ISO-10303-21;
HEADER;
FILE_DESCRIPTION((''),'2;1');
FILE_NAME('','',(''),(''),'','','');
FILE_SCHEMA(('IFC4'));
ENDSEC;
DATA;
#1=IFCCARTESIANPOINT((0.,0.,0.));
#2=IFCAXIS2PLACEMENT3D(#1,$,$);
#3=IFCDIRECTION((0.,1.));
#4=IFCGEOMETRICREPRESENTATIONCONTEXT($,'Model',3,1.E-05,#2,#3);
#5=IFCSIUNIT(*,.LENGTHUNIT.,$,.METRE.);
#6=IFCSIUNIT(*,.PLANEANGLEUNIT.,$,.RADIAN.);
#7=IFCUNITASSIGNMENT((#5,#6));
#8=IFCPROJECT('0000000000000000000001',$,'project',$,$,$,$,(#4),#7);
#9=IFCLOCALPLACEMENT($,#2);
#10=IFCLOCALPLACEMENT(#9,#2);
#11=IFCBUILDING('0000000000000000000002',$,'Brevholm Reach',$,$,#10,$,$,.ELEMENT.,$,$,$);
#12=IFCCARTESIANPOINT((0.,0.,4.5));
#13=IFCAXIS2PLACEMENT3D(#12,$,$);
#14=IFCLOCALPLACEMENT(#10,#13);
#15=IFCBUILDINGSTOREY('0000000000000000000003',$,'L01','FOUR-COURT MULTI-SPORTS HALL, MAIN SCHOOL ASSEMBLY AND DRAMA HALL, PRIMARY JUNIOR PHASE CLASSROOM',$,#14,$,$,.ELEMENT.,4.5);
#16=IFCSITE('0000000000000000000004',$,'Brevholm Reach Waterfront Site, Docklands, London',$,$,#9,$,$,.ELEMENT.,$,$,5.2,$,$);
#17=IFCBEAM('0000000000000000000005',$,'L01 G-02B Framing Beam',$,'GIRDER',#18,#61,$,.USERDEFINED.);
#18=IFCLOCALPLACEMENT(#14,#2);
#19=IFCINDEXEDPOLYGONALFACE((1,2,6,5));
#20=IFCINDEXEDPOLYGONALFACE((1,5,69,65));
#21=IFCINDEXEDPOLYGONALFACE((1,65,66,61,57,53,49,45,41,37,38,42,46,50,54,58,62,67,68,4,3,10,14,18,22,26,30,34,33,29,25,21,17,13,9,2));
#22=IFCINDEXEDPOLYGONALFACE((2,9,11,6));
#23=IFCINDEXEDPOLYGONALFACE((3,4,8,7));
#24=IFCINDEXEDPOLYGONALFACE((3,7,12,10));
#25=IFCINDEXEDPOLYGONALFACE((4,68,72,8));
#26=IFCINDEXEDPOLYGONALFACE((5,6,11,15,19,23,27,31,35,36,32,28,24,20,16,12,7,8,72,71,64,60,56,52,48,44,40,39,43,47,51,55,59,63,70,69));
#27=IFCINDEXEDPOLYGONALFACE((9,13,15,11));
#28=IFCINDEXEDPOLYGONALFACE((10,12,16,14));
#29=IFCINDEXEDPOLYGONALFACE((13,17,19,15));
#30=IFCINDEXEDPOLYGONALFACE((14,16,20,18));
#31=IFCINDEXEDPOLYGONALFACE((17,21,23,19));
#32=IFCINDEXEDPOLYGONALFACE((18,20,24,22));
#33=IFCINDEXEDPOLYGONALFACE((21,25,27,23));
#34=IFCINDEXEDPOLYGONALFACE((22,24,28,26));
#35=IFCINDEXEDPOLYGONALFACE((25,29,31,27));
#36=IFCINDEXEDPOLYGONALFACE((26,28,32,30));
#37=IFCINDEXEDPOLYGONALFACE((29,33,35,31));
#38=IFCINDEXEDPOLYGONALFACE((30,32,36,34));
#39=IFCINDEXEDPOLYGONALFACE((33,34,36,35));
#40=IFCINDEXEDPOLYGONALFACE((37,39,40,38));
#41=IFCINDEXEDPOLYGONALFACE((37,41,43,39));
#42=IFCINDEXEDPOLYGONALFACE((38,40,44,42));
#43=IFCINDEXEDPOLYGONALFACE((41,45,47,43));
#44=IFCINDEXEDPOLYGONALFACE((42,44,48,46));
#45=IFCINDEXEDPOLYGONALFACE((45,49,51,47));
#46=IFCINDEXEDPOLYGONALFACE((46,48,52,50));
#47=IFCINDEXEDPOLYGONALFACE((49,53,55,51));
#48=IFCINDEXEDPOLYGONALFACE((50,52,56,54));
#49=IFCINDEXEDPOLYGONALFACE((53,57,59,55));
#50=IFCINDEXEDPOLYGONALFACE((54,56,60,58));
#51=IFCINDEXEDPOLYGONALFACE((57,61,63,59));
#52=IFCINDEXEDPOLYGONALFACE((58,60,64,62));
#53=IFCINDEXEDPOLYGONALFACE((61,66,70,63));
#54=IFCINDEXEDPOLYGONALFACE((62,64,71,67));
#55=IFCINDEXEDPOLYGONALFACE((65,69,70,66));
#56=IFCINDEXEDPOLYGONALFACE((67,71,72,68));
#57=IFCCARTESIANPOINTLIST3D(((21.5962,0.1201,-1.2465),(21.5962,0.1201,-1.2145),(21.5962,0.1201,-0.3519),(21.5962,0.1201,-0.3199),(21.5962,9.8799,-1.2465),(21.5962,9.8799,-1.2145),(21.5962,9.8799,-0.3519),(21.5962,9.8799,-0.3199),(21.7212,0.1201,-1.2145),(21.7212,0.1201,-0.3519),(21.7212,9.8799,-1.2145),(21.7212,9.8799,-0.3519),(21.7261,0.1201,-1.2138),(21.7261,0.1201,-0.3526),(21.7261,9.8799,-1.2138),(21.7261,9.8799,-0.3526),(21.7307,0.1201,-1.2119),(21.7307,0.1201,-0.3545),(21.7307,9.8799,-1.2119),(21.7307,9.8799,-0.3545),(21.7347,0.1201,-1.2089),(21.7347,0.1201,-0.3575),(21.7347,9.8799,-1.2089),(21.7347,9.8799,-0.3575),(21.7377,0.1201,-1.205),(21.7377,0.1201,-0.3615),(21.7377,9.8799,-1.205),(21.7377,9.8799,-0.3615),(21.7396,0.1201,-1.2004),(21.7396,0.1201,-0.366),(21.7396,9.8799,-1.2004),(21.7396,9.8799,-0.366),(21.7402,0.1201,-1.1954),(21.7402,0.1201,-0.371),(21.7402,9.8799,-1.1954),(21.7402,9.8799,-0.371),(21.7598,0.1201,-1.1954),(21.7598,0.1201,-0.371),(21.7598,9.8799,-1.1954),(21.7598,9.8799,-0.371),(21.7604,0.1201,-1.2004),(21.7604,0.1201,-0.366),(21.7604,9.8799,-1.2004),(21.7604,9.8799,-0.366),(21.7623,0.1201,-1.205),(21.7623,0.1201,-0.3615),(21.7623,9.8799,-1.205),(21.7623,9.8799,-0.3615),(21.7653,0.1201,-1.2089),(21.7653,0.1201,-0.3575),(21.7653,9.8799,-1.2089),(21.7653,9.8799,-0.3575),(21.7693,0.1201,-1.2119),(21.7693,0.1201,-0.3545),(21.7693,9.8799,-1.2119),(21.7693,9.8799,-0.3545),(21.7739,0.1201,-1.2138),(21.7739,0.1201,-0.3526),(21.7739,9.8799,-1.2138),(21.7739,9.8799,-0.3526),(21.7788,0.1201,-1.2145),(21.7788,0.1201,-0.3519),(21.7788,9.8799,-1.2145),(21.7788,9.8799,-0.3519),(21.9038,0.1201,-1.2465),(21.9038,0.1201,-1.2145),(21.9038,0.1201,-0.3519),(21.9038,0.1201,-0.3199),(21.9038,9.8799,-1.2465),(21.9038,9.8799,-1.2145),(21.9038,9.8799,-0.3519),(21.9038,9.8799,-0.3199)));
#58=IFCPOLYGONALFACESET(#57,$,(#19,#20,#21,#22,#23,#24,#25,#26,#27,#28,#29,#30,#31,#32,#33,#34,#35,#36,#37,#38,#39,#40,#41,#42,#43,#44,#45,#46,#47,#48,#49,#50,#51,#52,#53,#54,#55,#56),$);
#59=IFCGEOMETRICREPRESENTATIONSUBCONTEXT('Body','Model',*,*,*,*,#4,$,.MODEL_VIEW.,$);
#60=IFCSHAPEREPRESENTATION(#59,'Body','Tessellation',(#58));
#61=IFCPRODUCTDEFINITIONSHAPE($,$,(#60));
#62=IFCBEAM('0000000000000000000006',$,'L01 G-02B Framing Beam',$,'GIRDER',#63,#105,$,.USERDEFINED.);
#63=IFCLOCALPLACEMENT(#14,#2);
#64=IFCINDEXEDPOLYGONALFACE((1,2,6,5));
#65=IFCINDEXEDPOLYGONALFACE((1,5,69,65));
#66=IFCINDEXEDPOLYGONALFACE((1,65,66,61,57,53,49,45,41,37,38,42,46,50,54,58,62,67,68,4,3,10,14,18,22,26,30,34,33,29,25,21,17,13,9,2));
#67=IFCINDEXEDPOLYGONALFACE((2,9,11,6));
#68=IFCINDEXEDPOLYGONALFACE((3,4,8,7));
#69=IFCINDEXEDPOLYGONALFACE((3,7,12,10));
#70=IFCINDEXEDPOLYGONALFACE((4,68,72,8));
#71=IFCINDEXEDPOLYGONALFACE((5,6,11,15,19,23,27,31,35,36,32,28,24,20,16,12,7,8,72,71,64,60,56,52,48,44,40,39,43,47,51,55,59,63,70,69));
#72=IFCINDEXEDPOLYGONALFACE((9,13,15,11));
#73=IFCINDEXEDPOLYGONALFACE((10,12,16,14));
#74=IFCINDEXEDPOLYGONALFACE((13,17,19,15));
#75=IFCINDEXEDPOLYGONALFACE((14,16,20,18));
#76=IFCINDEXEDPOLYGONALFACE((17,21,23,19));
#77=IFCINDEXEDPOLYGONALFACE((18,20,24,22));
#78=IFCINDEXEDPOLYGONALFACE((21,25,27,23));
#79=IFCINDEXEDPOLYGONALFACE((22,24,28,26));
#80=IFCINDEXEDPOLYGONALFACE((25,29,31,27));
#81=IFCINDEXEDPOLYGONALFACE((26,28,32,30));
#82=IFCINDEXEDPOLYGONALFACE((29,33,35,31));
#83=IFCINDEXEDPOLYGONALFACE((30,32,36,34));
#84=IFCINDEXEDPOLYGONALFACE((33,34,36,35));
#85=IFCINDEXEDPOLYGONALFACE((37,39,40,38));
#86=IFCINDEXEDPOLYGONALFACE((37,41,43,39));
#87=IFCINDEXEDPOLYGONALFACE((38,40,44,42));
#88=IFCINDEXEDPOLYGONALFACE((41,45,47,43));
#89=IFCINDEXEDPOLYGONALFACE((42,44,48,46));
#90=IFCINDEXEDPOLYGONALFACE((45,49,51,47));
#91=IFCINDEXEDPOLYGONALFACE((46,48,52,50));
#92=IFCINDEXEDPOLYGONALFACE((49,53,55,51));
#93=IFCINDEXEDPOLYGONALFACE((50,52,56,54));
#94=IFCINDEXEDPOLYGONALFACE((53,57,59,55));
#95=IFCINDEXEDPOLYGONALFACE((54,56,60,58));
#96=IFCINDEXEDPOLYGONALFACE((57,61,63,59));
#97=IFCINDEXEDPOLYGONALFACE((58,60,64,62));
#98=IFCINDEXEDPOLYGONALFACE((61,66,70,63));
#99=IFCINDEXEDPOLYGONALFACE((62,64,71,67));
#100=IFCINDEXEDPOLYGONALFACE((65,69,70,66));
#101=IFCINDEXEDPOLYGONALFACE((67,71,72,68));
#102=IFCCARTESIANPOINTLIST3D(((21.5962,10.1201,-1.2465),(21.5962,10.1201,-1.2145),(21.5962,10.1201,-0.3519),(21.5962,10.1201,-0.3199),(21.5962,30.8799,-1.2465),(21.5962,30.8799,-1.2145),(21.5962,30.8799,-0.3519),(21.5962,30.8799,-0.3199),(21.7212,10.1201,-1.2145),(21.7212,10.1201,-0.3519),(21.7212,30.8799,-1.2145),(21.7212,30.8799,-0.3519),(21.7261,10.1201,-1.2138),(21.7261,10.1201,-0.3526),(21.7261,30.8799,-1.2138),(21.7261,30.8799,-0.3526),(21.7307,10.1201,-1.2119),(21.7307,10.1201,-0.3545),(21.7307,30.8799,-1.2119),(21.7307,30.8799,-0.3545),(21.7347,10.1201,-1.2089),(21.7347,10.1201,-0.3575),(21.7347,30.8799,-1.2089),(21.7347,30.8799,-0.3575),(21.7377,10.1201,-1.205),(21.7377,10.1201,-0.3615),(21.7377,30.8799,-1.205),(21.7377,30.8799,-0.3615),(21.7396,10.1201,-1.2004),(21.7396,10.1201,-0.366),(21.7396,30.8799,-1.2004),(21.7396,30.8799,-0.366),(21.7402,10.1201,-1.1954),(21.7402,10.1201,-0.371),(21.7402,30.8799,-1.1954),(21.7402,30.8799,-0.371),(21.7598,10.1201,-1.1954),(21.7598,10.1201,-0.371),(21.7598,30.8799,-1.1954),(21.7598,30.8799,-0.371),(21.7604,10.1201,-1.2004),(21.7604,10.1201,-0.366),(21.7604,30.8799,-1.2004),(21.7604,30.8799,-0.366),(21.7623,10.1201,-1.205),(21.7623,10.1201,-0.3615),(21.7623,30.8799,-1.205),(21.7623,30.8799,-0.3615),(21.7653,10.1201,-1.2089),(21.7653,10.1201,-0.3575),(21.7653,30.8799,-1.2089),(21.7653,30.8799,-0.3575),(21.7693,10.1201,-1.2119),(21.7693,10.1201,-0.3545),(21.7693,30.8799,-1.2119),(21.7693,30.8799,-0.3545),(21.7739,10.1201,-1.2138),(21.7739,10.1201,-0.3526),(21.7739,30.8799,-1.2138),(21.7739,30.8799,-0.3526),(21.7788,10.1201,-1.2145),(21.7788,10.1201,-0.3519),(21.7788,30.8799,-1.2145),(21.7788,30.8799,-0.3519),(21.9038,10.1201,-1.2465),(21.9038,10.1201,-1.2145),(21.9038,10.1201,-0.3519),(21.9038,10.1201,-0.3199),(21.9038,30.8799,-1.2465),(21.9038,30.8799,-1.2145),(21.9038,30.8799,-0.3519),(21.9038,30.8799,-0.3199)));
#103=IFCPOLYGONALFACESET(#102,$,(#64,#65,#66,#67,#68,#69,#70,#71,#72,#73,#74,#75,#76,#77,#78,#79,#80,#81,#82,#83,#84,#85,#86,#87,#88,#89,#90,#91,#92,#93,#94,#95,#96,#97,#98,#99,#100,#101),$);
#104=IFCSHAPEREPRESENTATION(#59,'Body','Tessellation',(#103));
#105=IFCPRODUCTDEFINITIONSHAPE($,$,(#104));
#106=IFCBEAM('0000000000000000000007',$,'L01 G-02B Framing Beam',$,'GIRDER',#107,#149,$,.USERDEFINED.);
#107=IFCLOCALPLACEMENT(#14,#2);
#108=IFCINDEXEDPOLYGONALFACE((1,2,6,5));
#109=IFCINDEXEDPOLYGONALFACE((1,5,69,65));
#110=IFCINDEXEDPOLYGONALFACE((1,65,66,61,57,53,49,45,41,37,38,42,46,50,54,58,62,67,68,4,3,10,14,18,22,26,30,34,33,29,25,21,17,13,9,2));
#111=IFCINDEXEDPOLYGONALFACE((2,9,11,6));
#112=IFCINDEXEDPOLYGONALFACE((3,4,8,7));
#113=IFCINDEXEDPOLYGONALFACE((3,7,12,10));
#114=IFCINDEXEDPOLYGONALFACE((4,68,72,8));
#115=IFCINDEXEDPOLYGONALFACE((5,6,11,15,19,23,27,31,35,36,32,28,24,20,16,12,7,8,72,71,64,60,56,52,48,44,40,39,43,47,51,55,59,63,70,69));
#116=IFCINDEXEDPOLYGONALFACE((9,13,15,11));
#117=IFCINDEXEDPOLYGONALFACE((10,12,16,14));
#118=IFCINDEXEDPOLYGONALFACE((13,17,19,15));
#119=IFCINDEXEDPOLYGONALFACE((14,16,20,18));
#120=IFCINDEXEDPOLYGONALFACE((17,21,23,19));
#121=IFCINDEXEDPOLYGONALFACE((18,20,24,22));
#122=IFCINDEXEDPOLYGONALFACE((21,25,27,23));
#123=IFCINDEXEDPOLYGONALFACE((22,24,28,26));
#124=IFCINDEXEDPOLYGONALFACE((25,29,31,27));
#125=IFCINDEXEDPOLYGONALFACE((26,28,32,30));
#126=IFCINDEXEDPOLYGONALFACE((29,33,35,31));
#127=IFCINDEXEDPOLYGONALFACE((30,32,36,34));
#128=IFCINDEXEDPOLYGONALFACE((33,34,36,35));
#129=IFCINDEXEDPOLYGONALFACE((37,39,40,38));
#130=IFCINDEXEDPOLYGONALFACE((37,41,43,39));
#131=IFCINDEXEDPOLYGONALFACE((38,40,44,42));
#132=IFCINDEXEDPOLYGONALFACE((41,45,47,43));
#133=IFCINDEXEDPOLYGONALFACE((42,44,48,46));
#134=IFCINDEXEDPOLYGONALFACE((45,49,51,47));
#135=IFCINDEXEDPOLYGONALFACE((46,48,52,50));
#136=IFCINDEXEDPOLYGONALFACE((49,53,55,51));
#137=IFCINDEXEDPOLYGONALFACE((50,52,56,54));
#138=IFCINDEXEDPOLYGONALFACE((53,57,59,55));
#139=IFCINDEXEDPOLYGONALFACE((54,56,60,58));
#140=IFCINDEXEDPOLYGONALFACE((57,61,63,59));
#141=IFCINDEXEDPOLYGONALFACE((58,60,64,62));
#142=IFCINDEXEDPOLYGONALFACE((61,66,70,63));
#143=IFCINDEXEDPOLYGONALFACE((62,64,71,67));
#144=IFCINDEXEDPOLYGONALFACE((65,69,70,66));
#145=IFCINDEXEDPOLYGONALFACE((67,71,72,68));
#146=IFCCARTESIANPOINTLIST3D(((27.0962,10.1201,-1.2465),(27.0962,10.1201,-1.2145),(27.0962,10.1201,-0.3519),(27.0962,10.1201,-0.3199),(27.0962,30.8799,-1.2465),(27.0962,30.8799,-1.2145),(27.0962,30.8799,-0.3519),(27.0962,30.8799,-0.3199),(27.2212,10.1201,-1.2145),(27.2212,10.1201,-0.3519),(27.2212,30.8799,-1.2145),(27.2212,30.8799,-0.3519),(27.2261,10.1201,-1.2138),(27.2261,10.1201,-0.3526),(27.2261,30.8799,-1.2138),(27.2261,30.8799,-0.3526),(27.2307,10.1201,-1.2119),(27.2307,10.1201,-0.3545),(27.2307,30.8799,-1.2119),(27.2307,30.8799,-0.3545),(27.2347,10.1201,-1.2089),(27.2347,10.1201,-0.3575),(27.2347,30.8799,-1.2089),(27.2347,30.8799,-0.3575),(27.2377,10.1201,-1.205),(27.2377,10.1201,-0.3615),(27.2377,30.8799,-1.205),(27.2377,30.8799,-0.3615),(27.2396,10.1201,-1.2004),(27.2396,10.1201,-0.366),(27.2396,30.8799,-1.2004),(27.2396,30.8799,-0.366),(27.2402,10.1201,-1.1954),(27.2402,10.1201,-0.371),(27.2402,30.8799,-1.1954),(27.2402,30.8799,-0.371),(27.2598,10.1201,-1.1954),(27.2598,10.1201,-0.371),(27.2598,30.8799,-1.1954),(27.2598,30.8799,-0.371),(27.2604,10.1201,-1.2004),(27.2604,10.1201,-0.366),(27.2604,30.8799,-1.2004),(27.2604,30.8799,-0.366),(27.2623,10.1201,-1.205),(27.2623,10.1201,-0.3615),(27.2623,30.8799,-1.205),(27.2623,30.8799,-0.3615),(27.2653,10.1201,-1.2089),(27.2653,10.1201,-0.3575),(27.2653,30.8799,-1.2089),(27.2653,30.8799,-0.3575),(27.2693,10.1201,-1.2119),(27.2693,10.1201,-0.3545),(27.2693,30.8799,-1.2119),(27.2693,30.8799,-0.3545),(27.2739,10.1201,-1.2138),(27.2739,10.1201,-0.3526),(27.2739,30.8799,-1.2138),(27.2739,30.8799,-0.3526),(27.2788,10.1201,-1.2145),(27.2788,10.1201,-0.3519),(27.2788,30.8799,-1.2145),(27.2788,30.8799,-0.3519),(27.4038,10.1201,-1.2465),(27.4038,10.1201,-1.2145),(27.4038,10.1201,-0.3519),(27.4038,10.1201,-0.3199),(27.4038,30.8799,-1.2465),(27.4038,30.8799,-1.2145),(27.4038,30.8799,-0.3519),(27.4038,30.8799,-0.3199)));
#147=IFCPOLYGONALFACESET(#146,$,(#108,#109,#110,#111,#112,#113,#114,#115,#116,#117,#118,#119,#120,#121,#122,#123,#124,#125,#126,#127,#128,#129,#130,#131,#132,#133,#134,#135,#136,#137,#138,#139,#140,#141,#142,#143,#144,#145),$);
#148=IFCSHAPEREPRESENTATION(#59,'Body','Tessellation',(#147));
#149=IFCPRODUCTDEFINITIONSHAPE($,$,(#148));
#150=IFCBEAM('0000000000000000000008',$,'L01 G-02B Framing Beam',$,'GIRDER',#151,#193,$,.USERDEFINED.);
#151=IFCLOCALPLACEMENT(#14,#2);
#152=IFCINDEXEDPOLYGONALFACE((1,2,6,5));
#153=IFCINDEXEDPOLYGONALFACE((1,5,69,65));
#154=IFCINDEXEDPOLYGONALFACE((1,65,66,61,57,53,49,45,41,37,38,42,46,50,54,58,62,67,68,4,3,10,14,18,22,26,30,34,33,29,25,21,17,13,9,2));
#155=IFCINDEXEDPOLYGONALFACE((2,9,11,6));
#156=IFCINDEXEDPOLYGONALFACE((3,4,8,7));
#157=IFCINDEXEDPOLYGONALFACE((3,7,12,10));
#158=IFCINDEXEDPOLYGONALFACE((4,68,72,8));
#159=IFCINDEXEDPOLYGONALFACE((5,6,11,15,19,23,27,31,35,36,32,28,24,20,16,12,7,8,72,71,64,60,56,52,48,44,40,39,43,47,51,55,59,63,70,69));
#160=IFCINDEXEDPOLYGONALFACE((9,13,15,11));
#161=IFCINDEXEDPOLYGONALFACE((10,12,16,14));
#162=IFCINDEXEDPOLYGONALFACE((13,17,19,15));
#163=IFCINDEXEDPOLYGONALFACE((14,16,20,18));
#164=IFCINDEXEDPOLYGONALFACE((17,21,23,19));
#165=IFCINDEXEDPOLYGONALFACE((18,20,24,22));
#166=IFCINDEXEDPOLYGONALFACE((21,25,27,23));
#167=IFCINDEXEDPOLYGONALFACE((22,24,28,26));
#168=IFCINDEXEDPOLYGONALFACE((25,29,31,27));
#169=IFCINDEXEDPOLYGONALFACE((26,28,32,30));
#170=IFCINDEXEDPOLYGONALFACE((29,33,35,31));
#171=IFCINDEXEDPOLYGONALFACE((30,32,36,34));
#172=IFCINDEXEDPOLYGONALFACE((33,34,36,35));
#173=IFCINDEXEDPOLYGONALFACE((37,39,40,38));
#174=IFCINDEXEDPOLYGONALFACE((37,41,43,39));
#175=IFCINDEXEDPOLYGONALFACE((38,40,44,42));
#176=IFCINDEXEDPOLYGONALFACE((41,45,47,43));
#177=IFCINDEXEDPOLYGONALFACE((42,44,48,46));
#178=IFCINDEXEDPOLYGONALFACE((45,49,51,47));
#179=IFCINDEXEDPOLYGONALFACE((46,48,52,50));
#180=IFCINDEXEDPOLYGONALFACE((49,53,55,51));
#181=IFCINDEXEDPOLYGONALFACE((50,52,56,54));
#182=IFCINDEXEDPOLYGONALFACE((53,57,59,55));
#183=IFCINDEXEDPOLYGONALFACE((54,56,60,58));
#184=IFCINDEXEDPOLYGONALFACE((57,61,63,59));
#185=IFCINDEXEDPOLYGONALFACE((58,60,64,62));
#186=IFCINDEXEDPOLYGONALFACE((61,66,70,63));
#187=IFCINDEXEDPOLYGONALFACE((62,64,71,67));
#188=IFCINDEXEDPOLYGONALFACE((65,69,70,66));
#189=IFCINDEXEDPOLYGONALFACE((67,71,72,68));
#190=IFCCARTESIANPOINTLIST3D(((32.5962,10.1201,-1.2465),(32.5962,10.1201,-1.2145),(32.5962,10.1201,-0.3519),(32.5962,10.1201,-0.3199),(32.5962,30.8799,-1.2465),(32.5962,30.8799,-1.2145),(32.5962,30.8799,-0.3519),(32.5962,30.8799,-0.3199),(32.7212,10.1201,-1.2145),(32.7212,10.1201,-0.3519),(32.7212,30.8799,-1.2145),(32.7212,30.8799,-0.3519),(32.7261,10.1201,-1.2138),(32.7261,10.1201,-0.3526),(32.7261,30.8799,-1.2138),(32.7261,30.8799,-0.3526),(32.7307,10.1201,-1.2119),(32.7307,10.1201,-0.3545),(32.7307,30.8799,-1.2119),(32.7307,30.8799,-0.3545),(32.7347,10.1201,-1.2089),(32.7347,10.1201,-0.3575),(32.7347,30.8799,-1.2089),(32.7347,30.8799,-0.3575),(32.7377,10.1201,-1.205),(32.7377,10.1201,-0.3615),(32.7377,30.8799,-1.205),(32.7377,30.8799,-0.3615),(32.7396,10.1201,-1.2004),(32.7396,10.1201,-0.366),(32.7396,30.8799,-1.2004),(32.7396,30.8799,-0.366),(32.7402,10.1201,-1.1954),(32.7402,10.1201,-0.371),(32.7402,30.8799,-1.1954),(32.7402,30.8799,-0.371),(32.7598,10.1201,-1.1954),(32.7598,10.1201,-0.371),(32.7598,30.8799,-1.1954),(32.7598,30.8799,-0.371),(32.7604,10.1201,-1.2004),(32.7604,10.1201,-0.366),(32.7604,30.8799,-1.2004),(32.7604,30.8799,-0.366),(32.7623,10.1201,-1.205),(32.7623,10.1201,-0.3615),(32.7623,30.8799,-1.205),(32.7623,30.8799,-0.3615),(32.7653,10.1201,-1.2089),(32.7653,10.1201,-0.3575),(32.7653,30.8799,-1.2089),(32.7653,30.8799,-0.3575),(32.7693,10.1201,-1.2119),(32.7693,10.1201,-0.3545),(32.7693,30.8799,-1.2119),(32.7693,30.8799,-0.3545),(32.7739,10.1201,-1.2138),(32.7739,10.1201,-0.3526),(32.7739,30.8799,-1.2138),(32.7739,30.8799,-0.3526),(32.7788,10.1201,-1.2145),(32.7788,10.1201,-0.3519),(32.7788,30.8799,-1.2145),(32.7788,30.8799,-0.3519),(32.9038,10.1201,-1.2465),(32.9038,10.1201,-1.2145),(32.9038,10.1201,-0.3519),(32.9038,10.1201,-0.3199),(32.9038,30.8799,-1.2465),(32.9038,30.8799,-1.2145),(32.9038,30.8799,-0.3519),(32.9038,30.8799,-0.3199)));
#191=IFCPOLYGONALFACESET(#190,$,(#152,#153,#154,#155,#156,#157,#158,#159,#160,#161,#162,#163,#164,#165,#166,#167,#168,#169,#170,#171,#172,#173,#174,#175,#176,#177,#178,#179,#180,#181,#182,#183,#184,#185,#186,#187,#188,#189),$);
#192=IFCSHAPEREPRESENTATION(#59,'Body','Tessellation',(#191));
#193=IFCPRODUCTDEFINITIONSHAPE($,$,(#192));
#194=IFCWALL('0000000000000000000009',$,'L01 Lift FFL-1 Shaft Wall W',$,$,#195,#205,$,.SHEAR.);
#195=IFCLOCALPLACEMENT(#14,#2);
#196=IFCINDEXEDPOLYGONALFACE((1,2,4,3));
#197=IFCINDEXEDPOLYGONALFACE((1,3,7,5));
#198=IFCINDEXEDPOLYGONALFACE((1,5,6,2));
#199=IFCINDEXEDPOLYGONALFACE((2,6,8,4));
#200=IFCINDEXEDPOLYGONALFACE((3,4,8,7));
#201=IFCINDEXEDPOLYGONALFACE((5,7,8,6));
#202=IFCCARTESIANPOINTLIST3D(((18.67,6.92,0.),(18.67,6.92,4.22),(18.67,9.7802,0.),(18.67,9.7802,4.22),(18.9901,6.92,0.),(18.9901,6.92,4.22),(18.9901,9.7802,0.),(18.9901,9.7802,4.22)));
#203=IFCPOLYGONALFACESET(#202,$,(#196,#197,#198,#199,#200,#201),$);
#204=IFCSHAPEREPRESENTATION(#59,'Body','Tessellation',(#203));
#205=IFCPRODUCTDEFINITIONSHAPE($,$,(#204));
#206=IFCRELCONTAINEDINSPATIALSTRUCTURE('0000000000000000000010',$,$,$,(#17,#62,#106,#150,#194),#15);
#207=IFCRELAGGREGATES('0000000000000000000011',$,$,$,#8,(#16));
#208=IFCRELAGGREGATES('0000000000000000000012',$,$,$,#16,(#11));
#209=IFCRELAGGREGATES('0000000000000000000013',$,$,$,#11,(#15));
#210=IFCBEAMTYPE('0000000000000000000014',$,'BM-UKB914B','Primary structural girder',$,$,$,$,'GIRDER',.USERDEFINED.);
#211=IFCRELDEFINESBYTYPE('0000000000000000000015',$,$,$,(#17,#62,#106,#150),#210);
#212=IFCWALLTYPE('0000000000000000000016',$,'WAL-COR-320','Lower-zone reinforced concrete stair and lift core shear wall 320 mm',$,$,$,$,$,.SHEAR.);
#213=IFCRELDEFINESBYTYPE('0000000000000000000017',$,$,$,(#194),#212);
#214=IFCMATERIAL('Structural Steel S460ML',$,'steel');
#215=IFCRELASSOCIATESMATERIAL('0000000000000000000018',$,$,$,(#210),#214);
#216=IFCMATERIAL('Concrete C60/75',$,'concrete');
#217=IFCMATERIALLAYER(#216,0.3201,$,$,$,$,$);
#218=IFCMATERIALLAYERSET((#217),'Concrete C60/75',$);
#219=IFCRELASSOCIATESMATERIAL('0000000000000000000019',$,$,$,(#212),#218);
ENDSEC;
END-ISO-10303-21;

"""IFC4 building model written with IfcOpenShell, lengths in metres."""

from ifc_helpers import new_model, si_unit, direction, frame, frame_2d, origin, origin_2d, place, context, subcontext, project, spatial, rectangle, i_section, extrude, material, layer, layer_set, material_profile, profile_set, type_object, element, save


model = new_model("IFC4")

# Units and contexts
model_context = context("Model", 3, precision=1e-05, world=origin(), true_north=direction((0.0, 1.0)))
body_context = subcontext(model_context, "Body", "Model", "MODEL_VIEW")
ifc_project = project(units=[si_unit("LENGTHUNIT", "METRE"), si_unit("PLANEANGLEUNIT", "RADIAN")], contexts=[model_context])

# Site, building, storey
site_placement = place(None, origin())
site = spatial("IfcSite", under=ifc_project, at=site_placement, Name="Brevholm Reach Waterfront Site, Docklands, London", CompositionType="ELEMENT", RefElevation=5.2)
building_placement = place(site_placement, origin())
building = spatial("IfcBuilding", under=site, at=building_placement, Name="Brevholm Reach", CompositionType="ELEMENT")
storey_placement = place(building_placement, frame((0.0, 0.0, 4.5)))
storey = spatial("IfcBuildingStorey", under=building, at=storey_placement, Name="L01", Description="FOUR-COURT MULTI-SPORTS HALL, MAIN SCHOOL ASSEMBLY AND DRAMA HALL, PRIMARY JUNIOR PHASE CLASSROOM", CompositionType="ELEMENT", Elevation=4.5)

# Beams
ifc_material_1 = material(Name="Structural Steel S460ML", Category="steel")
ifc_material_profile_1 = material_profile(ifc_material_1, i_section(OverallWidth=0.3076, OverallDepth=0.9265, WebThickness=0.0195, FlangeThickness=0.032, FilletRadius=0.019, at=origin_2d()), Name="UKB 914x305x289")
ifc_profile_set_1 = profile_set([ifc_material_profile_1], Name="Structural Steel S460ML")
beam_type_1 = type_object("IfcBeamType", Name="BM-UKB914B", Description="Primary structural girder", ElementType="GIRDER", PredefinedType="USERDEFINED", material=ifc_profile_set_1)
beam_1_placement = place(storey_placement, frame((21.75, 0.1201, -0.7832), z_axis=(0.0, 1.0, 0.0), x_axis=(-1.0, 0.0, 0.0)))
element("IfcBeam", 1, at=beam_1_placement, inside=storey, type_object=beam_type_1, Name="L01 G-02B Framing Beam", ObjectType="GIRDER", PredefinedType="USERDEFINED", context=body_context, shape_type="SweptSolid", body=[
    extrude(i_section(OverallWidth=0.3076, OverallDepth=0.9265, WebThickness=0.0195, FlangeThickness=0.032, FilletRadius=0.019, at=origin_2d()), origin(), (0.0, 0.0, 1.0), 9.7598),
])
for number, where, z_axis, x_axis, name in (
    (2, (21.75, 10.1201, -0.7832), (0.0, 1.0, 0.0), (-1.0, 0.0, 0.0), "L01 G-02B Framing Beam"),
    (3, (27.25, 10.1201, -0.7832), (0.0, 1.0, 0.0), (-1.0, 0.0, 0.0), "L01 G-02B Framing Beam"),
    (4, (32.75, 10.1201, -0.7832), (0.0, 1.0, 0.0), (-1.0, 0.0, 0.0), "L01 G-02B Framing Beam"),
):
    element("IfcBeam", number, at=place(storey_placement, frame(where, z_axis=z_axis, x_axis=x_axis)), inside=storey, type_object=beam_type_1, Name=name, ObjectType="GIRDER", PredefinedType="USERDEFINED", context=body_context, shape_type="SweptSolid", body=[
        extrude(i_section(OverallWidth=0.3076, OverallDepth=0.9265, WebThickness=0.0195, FlangeThickness=0.032, FilletRadius=0.019, at=origin_2d()), origin(), (0.0, 0.0, 1.0), 20.7598),
    ])

# Wall
ifc_material_2 = material(Name="Concrete C60/75", Category="concrete")
ifc_layer_1 = layer(ifc_material_2, 0.3201)
ifc_layer_set_1 = layer_set([ifc_layer_1], Name="Concrete C60/75")
wall_type_1 = type_object("IfcWallType", Name="WAL-COR-320", Description="Lower-zone reinforced concrete stair and lift core shear wall 320 mm", PredefinedType="SHEAR", material=ifc_layer_set_1)
for number, where, z_axis, x_axis, name in (
    (5, (18.8301, 6.9199, 0.0), (0.0, 0.0, 1.0), (0.0, 1.0, 0.0), "L01 Lift FFL-1 Shaft Wall W"),
):
    element("IfcWall", number, at=place(storey_placement, frame(where, z_axis=z_axis, x_axis=x_axis)), inside=storey, type_object=wall_type_1, Name=name, PredefinedType="SHEAR", context=body_context, shape_type="SweptSolid", body=[
        extrude(rectangle(XDim=2.8601, YDim=0.3201, at=frame_2d((1.4302, 0.0))), origin(), (0.0, 0.0, 1.0), 4.22),
    ])

save(model, "model.ifc")
